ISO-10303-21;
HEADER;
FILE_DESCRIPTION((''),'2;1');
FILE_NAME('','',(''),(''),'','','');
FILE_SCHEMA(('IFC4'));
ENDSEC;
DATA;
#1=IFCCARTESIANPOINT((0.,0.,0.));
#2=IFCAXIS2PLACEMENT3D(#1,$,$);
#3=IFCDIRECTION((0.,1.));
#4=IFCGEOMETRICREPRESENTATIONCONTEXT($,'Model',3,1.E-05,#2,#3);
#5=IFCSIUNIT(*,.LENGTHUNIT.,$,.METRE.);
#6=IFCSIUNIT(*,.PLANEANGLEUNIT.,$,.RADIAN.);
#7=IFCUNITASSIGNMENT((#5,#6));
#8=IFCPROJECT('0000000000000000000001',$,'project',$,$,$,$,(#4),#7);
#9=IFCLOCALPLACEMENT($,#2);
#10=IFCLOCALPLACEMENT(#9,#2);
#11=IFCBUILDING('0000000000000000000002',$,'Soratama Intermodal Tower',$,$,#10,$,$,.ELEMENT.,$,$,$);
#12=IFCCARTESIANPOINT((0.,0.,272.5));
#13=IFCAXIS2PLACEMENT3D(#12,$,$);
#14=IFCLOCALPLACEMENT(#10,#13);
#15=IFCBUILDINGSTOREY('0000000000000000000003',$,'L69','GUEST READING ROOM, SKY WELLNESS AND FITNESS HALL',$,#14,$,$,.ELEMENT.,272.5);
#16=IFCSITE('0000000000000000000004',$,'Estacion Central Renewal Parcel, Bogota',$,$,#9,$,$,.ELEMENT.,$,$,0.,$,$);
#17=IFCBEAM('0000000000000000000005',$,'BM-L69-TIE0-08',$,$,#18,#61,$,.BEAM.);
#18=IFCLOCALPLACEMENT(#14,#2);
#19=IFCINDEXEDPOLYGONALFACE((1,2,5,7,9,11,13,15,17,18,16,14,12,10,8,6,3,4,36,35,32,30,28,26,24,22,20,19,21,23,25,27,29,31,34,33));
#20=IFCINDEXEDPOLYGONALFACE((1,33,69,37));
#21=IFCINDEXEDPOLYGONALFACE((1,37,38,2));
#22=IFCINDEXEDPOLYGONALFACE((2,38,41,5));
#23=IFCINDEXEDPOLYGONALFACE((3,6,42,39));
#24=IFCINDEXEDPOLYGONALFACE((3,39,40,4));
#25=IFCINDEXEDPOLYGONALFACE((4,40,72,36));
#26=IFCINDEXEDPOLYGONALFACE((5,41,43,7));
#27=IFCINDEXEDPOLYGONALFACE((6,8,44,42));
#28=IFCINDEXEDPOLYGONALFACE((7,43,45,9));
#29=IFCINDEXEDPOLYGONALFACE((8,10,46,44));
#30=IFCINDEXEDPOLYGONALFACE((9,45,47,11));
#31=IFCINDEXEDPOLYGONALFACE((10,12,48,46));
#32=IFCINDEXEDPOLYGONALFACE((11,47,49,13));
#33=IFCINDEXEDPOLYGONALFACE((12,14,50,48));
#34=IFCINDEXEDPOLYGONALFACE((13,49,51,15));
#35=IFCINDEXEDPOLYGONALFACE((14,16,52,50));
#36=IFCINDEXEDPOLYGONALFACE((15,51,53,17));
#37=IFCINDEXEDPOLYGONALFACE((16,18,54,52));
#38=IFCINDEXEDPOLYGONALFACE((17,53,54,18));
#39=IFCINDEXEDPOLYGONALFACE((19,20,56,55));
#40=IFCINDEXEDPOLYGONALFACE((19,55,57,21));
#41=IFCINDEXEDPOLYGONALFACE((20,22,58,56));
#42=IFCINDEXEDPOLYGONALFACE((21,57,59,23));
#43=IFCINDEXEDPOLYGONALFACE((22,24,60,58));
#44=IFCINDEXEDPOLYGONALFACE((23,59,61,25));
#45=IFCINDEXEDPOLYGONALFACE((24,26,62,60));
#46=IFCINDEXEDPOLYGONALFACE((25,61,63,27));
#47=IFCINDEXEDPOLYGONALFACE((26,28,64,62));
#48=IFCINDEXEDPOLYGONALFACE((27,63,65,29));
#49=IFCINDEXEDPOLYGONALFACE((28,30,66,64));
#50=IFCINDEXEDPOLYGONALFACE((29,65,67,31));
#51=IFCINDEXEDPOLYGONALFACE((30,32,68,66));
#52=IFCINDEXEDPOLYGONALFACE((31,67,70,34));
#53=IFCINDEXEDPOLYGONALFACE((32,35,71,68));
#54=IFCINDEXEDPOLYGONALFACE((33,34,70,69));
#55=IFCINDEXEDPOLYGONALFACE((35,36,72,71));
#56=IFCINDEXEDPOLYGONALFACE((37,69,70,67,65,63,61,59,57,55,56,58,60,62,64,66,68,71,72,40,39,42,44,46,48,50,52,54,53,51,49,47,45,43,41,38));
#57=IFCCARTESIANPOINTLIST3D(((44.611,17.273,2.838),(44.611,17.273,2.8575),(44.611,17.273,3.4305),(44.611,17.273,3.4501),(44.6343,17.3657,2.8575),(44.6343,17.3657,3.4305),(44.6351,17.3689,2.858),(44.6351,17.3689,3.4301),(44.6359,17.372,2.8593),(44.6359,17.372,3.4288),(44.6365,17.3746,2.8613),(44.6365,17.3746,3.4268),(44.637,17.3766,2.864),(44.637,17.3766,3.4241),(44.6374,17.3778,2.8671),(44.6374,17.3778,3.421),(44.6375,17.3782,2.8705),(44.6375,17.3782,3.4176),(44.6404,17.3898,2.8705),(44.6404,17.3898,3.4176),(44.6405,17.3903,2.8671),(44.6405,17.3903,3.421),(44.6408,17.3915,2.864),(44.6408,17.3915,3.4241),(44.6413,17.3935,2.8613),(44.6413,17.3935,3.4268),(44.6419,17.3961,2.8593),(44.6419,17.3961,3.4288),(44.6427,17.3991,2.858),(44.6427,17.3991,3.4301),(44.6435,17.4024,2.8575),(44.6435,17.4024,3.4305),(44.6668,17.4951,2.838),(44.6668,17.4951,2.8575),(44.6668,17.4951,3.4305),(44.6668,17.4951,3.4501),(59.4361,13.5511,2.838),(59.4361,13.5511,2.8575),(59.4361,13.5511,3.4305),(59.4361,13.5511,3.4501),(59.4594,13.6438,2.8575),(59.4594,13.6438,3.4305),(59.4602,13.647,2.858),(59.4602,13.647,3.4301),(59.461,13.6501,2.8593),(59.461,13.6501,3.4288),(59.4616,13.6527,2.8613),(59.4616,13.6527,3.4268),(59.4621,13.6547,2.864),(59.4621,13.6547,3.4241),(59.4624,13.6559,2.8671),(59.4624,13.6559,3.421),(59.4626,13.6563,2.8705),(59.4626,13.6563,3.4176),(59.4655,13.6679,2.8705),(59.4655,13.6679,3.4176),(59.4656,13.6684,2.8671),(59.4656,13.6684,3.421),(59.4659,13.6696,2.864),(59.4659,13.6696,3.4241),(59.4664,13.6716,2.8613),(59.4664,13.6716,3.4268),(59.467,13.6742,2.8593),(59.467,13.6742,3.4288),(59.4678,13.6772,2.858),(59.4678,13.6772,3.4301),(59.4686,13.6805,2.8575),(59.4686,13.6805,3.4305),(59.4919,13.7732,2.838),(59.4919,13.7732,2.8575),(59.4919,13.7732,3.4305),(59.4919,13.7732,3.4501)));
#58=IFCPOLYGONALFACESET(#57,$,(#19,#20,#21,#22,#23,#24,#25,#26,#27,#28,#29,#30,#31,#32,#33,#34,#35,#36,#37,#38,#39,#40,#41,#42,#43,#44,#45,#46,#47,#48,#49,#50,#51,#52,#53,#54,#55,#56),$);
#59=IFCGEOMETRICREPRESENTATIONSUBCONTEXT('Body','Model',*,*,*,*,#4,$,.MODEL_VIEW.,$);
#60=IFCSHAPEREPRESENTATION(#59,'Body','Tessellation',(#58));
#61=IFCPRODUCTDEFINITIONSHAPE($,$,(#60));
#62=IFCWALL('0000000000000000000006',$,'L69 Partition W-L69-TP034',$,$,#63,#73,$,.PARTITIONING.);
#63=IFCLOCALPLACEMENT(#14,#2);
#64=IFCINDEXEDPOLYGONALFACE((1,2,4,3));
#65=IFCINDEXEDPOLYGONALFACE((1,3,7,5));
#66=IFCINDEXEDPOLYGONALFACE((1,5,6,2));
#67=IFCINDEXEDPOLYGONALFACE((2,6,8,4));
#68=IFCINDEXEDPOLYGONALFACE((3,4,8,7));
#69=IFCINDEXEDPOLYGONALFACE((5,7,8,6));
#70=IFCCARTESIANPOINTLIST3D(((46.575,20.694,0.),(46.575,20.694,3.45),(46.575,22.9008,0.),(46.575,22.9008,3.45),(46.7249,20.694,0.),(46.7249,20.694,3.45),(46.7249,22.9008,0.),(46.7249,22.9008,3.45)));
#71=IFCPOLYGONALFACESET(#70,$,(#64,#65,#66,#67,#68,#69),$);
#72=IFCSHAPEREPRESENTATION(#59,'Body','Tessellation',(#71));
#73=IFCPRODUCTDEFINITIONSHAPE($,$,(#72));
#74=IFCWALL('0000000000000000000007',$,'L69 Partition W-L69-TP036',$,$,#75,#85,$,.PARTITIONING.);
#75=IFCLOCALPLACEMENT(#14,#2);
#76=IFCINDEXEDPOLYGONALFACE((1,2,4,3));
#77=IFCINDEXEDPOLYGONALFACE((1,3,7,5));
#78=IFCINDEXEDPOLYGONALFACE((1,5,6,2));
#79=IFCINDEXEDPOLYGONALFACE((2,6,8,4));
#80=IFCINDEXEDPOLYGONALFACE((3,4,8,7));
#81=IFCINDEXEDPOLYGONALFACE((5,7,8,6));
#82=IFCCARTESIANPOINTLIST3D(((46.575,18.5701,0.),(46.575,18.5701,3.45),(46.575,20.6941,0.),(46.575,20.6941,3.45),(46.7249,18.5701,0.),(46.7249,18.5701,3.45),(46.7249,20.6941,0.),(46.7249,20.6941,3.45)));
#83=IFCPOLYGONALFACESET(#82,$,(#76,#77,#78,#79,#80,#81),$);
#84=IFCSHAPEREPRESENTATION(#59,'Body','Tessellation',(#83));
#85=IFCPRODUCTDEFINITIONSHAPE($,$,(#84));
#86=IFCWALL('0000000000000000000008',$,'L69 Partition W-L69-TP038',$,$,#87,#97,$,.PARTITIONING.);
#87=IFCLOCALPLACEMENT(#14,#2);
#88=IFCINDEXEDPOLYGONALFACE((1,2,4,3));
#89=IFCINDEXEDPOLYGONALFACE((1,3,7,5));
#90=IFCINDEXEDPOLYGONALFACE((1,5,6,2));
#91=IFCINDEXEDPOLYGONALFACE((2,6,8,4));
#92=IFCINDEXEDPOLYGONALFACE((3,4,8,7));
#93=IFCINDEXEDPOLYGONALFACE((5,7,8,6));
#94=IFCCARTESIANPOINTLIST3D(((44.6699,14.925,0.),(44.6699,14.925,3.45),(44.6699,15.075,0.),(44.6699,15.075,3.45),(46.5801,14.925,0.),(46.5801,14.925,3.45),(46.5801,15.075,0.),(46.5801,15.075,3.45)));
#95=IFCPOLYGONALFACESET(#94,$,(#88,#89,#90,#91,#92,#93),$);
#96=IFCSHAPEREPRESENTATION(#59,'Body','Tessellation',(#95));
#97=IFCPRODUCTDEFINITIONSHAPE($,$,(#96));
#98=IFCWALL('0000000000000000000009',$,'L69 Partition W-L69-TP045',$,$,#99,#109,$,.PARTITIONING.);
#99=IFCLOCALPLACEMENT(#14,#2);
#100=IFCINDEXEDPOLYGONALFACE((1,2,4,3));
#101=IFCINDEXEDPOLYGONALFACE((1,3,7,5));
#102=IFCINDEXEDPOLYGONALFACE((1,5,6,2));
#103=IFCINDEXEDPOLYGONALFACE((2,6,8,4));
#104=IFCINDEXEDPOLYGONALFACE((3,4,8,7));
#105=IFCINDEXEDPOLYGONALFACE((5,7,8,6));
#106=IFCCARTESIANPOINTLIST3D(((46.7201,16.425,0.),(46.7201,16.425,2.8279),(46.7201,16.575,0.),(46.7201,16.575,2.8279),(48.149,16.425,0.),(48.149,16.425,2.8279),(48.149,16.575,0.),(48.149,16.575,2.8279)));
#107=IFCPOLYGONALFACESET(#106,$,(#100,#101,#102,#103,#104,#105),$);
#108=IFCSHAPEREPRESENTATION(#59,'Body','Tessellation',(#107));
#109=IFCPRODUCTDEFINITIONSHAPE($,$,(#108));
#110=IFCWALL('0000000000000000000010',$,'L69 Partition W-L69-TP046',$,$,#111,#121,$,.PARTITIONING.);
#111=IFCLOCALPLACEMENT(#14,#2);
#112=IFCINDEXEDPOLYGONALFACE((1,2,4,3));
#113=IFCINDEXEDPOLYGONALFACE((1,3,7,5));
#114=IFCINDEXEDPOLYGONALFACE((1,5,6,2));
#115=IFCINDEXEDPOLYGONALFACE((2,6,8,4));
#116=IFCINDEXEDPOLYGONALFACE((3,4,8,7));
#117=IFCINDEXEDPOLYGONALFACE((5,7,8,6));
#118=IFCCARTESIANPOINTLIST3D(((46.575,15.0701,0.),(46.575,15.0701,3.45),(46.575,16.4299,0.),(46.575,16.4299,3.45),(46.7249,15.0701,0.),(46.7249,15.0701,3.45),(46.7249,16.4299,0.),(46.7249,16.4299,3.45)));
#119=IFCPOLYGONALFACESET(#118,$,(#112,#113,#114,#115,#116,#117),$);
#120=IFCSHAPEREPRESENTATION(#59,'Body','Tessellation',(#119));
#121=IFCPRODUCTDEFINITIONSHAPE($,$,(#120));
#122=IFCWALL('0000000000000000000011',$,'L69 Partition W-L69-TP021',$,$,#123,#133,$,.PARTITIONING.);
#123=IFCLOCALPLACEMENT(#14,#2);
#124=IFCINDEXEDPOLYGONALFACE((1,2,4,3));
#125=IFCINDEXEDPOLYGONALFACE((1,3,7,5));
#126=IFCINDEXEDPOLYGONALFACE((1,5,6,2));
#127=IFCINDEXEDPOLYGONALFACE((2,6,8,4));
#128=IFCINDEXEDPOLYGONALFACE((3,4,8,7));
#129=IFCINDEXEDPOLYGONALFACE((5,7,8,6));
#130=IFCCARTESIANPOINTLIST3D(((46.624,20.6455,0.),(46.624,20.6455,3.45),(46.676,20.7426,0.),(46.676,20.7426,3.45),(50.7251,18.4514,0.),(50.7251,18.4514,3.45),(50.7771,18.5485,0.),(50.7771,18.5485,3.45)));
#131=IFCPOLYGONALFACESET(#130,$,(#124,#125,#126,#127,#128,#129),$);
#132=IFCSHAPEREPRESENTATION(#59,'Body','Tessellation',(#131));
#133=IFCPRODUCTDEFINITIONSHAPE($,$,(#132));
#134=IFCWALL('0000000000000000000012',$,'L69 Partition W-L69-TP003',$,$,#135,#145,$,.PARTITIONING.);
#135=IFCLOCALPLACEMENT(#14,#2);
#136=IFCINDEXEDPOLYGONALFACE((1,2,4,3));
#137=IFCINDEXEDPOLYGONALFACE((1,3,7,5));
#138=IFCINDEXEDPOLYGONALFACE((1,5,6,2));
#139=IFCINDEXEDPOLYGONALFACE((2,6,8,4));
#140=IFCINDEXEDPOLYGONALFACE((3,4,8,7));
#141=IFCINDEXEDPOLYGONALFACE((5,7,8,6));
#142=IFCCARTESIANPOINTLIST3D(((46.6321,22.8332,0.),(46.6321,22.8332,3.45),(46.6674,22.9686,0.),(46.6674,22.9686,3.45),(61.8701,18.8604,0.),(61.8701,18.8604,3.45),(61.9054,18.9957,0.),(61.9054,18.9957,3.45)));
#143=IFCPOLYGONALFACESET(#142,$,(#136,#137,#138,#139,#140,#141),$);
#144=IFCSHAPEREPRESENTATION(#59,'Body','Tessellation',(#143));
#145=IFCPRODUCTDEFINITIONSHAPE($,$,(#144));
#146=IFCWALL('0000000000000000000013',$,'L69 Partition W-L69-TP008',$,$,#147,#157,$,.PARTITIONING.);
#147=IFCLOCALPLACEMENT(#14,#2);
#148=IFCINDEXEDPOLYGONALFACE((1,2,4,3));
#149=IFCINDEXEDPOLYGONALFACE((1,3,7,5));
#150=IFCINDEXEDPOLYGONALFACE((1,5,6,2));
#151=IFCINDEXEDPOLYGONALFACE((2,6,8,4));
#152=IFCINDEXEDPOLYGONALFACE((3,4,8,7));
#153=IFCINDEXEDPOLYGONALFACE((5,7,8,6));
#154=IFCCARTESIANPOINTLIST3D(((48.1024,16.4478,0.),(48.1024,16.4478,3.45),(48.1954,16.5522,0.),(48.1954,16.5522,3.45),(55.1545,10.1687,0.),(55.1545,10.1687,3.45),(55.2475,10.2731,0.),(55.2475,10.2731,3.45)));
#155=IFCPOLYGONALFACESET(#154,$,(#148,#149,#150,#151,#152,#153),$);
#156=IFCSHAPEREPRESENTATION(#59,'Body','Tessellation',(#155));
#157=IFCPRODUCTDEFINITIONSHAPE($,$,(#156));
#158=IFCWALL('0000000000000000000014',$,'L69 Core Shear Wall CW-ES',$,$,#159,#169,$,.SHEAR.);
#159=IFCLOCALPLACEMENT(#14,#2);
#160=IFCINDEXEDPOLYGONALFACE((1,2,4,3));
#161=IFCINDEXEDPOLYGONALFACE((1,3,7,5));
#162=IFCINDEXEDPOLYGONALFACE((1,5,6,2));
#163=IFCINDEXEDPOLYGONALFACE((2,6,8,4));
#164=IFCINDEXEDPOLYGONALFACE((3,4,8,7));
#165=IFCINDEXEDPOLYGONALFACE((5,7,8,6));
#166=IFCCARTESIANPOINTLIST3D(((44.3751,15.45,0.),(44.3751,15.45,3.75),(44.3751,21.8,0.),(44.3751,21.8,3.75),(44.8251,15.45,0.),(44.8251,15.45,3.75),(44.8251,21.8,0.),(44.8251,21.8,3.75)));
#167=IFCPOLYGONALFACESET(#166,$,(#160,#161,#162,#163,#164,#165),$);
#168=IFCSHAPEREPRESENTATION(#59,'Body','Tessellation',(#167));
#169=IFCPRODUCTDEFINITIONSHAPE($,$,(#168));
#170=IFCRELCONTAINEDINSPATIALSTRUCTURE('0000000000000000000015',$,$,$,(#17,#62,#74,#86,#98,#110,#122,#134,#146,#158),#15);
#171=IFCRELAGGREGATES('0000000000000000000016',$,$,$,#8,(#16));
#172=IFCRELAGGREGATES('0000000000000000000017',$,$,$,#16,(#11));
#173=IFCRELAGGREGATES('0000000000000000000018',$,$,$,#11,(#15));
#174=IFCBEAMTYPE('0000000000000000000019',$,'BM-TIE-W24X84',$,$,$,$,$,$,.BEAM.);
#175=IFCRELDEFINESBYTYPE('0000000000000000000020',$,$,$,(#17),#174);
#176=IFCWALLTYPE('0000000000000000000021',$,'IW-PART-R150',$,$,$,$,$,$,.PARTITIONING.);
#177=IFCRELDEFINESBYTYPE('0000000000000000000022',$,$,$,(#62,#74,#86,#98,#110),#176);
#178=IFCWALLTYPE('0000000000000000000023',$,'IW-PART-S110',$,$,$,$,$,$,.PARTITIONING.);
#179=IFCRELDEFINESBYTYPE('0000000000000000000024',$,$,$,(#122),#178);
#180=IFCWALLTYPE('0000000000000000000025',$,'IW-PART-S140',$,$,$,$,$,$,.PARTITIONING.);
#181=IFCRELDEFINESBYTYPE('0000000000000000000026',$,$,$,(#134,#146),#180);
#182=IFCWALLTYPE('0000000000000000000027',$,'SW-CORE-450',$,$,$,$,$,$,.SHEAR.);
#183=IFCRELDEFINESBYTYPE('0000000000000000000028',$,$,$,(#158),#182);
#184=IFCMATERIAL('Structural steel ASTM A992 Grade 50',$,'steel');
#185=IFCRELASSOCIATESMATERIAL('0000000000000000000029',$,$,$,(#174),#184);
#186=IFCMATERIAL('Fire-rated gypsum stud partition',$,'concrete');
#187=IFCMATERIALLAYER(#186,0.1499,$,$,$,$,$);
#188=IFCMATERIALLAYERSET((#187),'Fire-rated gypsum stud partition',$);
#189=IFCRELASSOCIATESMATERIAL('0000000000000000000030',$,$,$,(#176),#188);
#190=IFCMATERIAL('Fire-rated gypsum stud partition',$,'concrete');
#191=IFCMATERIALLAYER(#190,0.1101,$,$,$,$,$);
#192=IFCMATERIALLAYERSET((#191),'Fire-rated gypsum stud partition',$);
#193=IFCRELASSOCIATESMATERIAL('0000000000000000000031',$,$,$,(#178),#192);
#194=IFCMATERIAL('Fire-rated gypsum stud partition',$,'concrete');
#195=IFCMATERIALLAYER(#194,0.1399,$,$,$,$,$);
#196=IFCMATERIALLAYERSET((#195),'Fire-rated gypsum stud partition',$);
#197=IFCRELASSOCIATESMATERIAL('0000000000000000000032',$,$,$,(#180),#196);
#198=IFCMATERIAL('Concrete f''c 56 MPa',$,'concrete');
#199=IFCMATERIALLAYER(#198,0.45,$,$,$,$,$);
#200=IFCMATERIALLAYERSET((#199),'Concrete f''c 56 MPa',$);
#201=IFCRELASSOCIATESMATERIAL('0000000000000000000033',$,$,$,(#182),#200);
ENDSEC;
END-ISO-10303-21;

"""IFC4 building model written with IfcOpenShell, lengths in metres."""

from ifc_helpers import new_model, si_unit, direction, frame, frame_2d, origin, origin_2d, place, context, subcontext, project, spatial, rectangle, i_section, extrude, material, layer, layer_set, material_profile, profile_set, type_object, element, save


model = new_model("IFC4")

# Units and contexts
model_context = context("Model", 3, precision=1e-05, world=origin(), true_north=direction((0.0, 1.0)))
body_context = subcontext(model_context, "Body", "Model", "MODEL_VIEW")
ifc_project = project(units=[si_unit("LENGTHUNIT", "METRE"), si_unit("PLANEANGLEUNIT", "RADIAN")], contexts=[model_context])

# Site, building, storey
site_placement = place(None, origin())
site = spatial("IfcSite", under=ifc_project, at=site_placement, Name="Estacion Central Renewal Parcel, Bogota", CompositionType="ELEMENT", RefElevation=0.0)
building_placement = place(site_placement, origin())
building = spatial("IfcBuilding", under=site, at=building_placement, Name="Soratama Intermodal Tower", CompositionType="ELEMENT")
storey_placement = place(building_placement, frame((0.0, 0.0, 272.5)))
storey = spatial("IfcBuildingStorey", under=building, at=storey_placement, Name="L69", Description="GUEST READING ROOM, SKY WELLNESS AND FITNESS HALL", CompositionType="ELEMENT", Elevation=272.5)

# Beam
ifc_material_1 = material(Name="Structural steel ASTM A992 Grade 50", Category="steel")
ifc_material_profile_1 = material_profile(ifc_material_1, i_section(OverallWidth=0.229, OverallDepth=0.6121, WebThickness=0.012, FlangeThickness=0.0195, FilletRadius=0.0129, at=origin_2d()), Name="W24X84")
ifc_profile_set_1 = profile_set([ifc_material_profile_1], Name="Structural steel ASTM A992 Grade 50")
beam_type_1 = type_object("IfcBeamType", Name="BM-TIE-W24X84", PredefinedType="BEAM", material=ifc_profile_set_1)
beam_1_placement = place(storey_placement, frame((44.6389, 17.384, 3.144), z_axis=(0.969901, -0.243498, 0.0), x_axis=(0.243498, 0.969901, 0.0)))
element("IfcBeam", 1, at=beam_1_placement, inside=storey, type_object=beam_type_1, Name="BM-L69-TIE0-08", PredefinedType="BEAM", context=body_context, shape_type="SweptSolid", body=[
    extrude(i_section(OverallWidth=0.229, OverallDepth=0.6121, WebThickness=0.012, FlangeThickness=0.0195, FilletRadius=0.0129, at=origin_2d()), origin(), (0.0, 0.0, 1.0), 15.2852),
])

# Shared definitions
ifc_material_2 = material(Name="Fire-rated gypsum stud partition", Category="concrete")
ifc_layer_1 = layer(ifc_material_2, 0.1499)
ifc_layer_set_1 = layer_set([ifc_layer_1], Name="Fire-rated gypsum stud partition")
wall_type_1 = type_object("IfcWallType", Name="IW-PART-R150", PredefinedType="PARTITIONING", material=ifc_layer_set_1)

# Walls
wall_1_placement = place(storey_placement, frame((46.6499, 22.9009, 0.0), z_axis=(0.0, 0.0, 1.0), x_axis=(0.0, -1.0, 0.0)))
element("IfcWall", 2, at=wall_1_placement, inside=storey, type_object=wall_type_1, Name="L69 Partition W-L69-TP034", PredefinedType="PARTITIONING", context=body_context, shape_type="SweptSolid", body=[
    extrude(rectangle(XDim=2.2068, YDim=0.1499, at=frame_2d((1.1035, 0.0))), origin(), (0.0, 0.0, 1.0), 3.45),
])
wall_2_placement = place(storey_placement, frame((46.6499, 20.6941, 0.0), z_axis=(0.0, 0.0, 1.0), x_axis=(0.0, -1.0, 0.0)))
element("IfcWall", 3, at=wall_2_placement, inside=storey, type_object=wall_type_1, Name="L69 Partition W-L69-TP036", PredefinedType="PARTITIONING", context=body_context, shape_type="SweptSolid", body=[
    extrude(rectangle(XDim=2.124, YDim=0.1499, at=frame_2d((1.062, 0.0))), origin(), (0.0, 0.0, 1.0), 3.45),
])
wall_3_placement = place(storey_placement, frame((46.5801, 15.0, 0.0), z_axis=(0.0, 0.0, 1.0), x_axis=(-1.0, 0.0, 0.0)))
element("IfcWall", 4, at=wall_3_placement, inside=storey, type_object=wall_type_1, Name="L69 Partition W-L69-TP038", PredefinedType="PARTITIONING", context=body_context, shape_type="SweptSolid", body=[
    extrude(rectangle(XDim=1.9102, YDim=0.1499, at=frame_2d((0.9551, 0.0))), origin(), (0.0, 0.0, 1.0), 3.45),
])

# Walls
wall_4_placement = place(storey_placement, frame((48.1489, 16.5, 0.0), z_axis=(0.0, 0.0, 1.0), x_axis=(-1.0, 0.0, 0.0)))
element("IfcWall", 5, at=wall_4_placement, inside=storey, type_object=wall_type_1, Name="L69 Partition W-L69-TP045", PredefinedType="PARTITIONING", context=body_context, shape_type="SweptSolid", body=[
    extrude(rectangle(XDim=1.429, YDim=0.1499, at=frame_2d((0.7144, 0.0))), origin(), (0.0, 0.0, 1.0), 2.8279),
])
wall_5_placement = place(storey_placement, frame((46.6499, 16.4299, 0.0), z_axis=(0.0, 0.0, 1.0), x_axis=(0.0, -1.0, 0.0)))
element("IfcWall", 6, at=wall_5_placement, inside=storey, type_object=wall_type_1, Name="L69 Partition W-L69-TP046", PredefinedType="PARTITIONING", context=body_context, shape_type="SweptSolid", body=[
    extrude(rectangle(XDim=1.3599, YDim=0.1499, at=frame_2d((0.6799, 0.0))), origin(), (0.0, 0.0, 1.0), 3.45),
])

# Walls
ifc_material_3 = material(Name="Fire-rated gypsum stud partition", Category="concrete")
ifc_layer_2 = layer(ifc_material_3, 0.1101)
ifc_layer_set_2 = layer_set([ifc_layer_2], Name="Fire-rated gypsum stud partition")
wall_type_2 = type_object("IfcWallType", Name="IW-PART-S110", PredefinedType="PARTITIONING", material=ifc_layer_set_2)
wall_6_placement = place(storey_placement, frame((46.6499, 20.6941, 0.0), z_axis=(0.0, 0.0, 1.0), x_axis=(0.88174, -0.471735, 0.0)))
element("IfcWall", 7, at=wall_6_placement, inside=storey, type_object=wall_type_2, Name="L69 Partition W-L69-TP021", PredefinedType="PARTITIONING", context=body_context, shape_type="SweptSolid", body=[
    extrude(rectangle(XDim=4.6511, YDim=0.1101, at=frame_2d((2.3257, 0.0))), origin(), (0.0, 0.0, 1.0), 3.45),
])
ifc_material_4 = material(Name="Fire-rated gypsum stud partition", Category="concrete")
ifc_layer_3 = layer(ifc_material_4, 0.1399)
ifc_layer_set_3 = layer_set([ifc_layer_3], Name="Fire-rated gypsum stud partition")
wall_type_3 = type_object("IfcWallType", Name="IW-PART-S140", PredefinedType="PARTITIONING", material=ifc_layer_set_3)
wall_7_placement = place(storey_placement, frame((46.6499, 22.9009, 0.0), z_axis=(0.0, 0.0, 1.0), x_axis=(0.967652, -0.252289, 0.0)))
element("IfcWall", 8, at=wall_7_placement, inside=storey, type_object=wall_type_3, Name="L69 Partition W-L69-TP003", PredefinedType="PARTITIONING", context=body_context, shape_type="SweptSolid", body=[
    extrude(rectangle(XDim=15.7473, YDim=0.1399, at=frame_2d((7.8735, 0.0))), origin(), (0.0, 0.0, 1.0), 3.45),
])
wall_8_placement = place(storey_placement, frame((48.1489, 16.5, 0.0), z_axis=(0.0, 0.0, 1.0), x_axis=(0.746851, -0.664991, 0.0)))
element("IfcWall", 9, at=wall_8_placement, inside=storey, type_object=wall_type_3, Name="L69 Partition W-L69-TP008", PredefinedType="PARTITIONING", context=body_context, shape_type="SweptSolid", body=[
    extrude(rectangle(XDim=9.4424, YDim=0.1399, at=frame_2d((4.7212, 0.0))), origin(), (0.0, 0.0, 1.0), 3.45),
])
ifc_material_5 = material(Name="Concrete f'c 56 MPa", Category="concrete")
ifc_layer_4 = layer(ifc_material_5, 0.45)
ifc_layer_set_4 = layer_set([ifc_layer_4], Name="Concrete f'c 56 MPa")
wall_type_4 = type_object("IfcWallType", Name="SW-CORE-450", PredefinedType="SHEAR", material=ifc_layer_set_4)
wall_9_placement = place(storey_placement, frame((44.6001, 15.45, 0.0), z_axis=(0.0, 0.0, 1.0), x_axis=(0.0, 1.0, 0.0)))
element("IfcWall", 10, at=wall_9_placement, inside=storey, type_object=wall_type_4, Name="L69 Core Shear Wall CW-ES", PredefinedType="SHEAR", context=body_context, shape_type="SweptSolid", body=[
    extrude(rectangle(XDim=6.3501, YDim=0.45, at=frame_2d((3.175, 0.0))), origin(), (0.0, 0.0, 1.0), 3.75),
])

save(model, "model.ifc")
